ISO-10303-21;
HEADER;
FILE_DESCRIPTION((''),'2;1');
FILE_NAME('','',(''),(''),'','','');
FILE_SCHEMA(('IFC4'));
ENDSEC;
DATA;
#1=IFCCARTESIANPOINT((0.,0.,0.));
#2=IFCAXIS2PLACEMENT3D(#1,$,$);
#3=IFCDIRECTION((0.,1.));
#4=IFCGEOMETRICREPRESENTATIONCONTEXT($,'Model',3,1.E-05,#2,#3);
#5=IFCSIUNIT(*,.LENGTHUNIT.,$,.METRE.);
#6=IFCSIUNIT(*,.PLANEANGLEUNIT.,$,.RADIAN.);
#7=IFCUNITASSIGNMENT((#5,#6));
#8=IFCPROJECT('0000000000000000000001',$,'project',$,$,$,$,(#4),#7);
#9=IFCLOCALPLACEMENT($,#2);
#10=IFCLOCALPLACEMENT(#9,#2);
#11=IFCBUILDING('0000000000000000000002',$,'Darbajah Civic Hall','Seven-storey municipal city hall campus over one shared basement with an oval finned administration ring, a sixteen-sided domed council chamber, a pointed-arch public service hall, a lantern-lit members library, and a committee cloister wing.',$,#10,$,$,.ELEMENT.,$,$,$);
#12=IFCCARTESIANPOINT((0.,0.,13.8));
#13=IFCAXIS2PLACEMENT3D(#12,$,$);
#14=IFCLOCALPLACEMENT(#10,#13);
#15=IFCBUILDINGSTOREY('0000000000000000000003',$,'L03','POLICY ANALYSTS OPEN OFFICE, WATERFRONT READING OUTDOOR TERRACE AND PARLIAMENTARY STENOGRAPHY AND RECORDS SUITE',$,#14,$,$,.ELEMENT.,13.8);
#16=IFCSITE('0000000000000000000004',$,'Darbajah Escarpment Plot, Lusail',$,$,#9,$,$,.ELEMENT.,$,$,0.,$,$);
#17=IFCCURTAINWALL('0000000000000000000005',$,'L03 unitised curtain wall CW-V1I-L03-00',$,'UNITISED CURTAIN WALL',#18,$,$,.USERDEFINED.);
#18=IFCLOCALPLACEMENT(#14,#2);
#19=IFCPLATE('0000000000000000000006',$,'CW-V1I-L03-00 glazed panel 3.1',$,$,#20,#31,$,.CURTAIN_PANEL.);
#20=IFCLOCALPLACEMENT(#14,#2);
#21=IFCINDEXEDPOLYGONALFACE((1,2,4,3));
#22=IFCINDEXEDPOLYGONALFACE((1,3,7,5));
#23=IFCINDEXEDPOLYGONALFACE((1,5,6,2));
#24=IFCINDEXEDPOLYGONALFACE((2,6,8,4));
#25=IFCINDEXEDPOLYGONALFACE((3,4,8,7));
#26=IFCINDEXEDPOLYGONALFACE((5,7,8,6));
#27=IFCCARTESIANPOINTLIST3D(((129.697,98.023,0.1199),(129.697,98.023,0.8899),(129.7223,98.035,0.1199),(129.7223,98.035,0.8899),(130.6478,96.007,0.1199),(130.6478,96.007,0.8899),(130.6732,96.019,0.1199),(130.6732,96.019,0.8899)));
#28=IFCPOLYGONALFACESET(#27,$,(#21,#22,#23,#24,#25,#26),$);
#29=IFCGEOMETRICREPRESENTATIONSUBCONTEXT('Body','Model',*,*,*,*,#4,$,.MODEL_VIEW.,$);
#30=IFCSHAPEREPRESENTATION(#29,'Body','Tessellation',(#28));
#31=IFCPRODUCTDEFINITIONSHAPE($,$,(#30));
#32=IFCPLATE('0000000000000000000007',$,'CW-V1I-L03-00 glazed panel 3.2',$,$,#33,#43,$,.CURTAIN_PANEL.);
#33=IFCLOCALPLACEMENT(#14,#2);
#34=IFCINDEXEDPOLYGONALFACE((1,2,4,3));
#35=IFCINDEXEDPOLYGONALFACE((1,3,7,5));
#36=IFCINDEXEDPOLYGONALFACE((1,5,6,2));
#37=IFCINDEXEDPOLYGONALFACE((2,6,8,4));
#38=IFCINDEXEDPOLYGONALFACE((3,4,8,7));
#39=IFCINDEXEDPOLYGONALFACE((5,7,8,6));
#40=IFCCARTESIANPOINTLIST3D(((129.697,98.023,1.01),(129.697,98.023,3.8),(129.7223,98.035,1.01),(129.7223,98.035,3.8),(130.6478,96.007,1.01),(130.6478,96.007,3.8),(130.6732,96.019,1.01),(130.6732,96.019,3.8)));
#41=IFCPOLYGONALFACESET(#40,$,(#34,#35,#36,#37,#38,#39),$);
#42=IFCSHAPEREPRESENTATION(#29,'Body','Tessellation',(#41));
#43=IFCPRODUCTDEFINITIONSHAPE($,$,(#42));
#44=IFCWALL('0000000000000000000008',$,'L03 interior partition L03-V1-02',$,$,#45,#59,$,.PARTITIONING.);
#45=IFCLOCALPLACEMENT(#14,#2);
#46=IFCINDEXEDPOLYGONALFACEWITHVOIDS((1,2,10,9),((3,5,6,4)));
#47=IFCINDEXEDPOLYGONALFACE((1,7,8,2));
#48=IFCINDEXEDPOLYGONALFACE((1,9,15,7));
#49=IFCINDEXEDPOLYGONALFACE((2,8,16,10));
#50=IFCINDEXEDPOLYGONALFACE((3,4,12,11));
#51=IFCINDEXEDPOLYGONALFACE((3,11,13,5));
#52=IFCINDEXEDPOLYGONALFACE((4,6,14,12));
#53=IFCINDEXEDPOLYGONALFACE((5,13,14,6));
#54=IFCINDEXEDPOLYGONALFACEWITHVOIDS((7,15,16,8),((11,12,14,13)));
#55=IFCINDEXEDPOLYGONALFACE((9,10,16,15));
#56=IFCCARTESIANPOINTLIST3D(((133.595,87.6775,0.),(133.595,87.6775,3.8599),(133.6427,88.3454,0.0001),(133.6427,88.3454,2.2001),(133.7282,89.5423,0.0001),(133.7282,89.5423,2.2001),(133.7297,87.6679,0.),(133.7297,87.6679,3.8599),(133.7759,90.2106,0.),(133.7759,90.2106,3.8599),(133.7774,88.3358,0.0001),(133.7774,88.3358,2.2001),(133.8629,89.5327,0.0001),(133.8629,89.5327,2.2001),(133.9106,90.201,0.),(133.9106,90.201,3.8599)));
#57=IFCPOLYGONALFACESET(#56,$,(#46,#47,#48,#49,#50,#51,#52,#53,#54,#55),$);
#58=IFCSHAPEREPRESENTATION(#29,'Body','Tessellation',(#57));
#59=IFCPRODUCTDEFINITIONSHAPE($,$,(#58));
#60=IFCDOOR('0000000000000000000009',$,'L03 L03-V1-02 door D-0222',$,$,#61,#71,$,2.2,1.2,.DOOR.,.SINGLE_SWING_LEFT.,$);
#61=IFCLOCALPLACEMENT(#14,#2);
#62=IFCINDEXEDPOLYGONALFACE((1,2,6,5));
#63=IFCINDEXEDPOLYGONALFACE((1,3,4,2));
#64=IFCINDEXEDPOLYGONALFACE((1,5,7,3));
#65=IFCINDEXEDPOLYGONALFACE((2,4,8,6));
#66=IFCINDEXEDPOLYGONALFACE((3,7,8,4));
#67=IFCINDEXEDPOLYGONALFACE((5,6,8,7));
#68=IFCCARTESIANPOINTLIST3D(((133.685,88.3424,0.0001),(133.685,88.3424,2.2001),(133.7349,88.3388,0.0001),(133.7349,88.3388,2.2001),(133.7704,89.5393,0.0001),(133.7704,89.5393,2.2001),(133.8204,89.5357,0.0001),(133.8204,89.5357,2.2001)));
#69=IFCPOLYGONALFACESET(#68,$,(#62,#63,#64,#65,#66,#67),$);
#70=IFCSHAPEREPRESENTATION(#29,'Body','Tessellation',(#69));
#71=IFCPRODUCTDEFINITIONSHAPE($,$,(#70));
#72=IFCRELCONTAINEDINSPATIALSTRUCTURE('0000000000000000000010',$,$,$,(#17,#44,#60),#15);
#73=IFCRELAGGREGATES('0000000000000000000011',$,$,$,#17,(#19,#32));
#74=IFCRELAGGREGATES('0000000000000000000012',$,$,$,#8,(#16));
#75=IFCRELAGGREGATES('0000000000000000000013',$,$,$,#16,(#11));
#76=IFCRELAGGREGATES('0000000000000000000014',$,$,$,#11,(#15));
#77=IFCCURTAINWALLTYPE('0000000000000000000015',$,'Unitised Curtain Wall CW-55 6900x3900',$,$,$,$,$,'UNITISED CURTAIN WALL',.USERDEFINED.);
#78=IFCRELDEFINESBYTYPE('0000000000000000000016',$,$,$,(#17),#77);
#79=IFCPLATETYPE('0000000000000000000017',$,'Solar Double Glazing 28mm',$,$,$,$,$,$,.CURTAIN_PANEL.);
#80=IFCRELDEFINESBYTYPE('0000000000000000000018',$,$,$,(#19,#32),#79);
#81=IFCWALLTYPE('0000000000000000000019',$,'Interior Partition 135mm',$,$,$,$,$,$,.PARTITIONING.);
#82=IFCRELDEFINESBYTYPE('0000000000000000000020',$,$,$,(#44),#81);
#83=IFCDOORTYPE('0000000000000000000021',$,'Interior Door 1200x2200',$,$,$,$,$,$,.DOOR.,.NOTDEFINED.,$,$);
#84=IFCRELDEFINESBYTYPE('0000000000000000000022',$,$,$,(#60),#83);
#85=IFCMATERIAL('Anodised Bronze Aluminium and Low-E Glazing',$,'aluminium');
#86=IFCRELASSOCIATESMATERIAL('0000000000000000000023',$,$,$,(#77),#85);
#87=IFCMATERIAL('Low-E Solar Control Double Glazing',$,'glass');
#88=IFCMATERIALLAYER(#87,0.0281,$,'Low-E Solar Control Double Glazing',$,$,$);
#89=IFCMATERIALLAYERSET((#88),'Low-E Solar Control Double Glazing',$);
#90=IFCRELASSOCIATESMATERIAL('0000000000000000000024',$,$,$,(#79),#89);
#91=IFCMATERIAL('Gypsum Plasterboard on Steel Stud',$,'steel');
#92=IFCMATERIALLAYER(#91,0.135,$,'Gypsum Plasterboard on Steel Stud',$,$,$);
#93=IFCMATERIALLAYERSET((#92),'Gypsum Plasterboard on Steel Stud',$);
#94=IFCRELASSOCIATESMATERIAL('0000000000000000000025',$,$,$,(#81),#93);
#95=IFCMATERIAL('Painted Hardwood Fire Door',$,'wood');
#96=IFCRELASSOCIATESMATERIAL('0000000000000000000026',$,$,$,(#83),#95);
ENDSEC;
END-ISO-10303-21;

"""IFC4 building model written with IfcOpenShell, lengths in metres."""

from ifc_helpers import new_model, si_unit, direction, frame, frame_2d, origin, origin_2d, place, context, subcontext, project, spatial, rectangle, extrude, material, layer, layer_set, type_object, element, fill, aggregate, save


model = new_model("IFC4")

# Units and contexts
model_context = context("Model", 3, precision=1e-05, world=origin(), true_north=direction((0.0, 1.0)))
body_context = subcontext(model_context, "Body", "Model", "MODEL_VIEW")
ifc_project = project(units=[si_unit("LENGTHUNIT", "METRE"), si_unit("PLANEANGLEUNIT", "RADIAN")], contexts=[model_context])

# Site, building, storey
site_placement = place(None, origin())
site = spatial("IfcSite", under=ifc_project, at=site_placement, Name="Darbajah Escarpment Plot, Lusail", CompositionType="ELEMENT", RefElevation=0.0)
building_placement = place(site_placement, origin())
building = spatial("IfcBuilding", under=site, at=building_placement, Name="Darbajah Civic Hall", Description="Seven-storey municipal city hall campus over one shared basement with an oval finned administration ring, a sixteen-sided domed council chamber, a pointed-arch public service hall, a lantern-lit members library, and a committee cloister wing.", CompositionType="ELEMENT")
storey_placement = place(building_placement, frame((0.0, 0.0, 13.8)))
storey = spatial("IfcBuildingStorey", under=building, at=storey_placement, Name="L03", Description="POLICY ANALYSTS OPEN OFFICE, WATERFRONT READING OUTDOOR TERRACE AND PARLIAMENTARY STENOGRAPHY AND RECORDS SUITE", CompositionType="ELEMENT", Elevation=13.8)

# Curtain wall
ifc_material_1 = material(Name="Anodised Bronze Aluminium and Low-E Glazing", Category="aluminium")
curtain_wall_type = type_object("IfcCurtainWallType", Name="Unitised Curtain Wall CW-55 6900x3900", ElementType="UNITISED CURTAIN WALL", PredefinedType="USERDEFINED", material=ifc_material_1)
curtain_wall_placement = place(storey_placement, origin())
curtain_wall = element("IfcCurtainWall", 1, at=curtain_wall_placement, inside=storey, type_object=curtain_wall_type, Name="L03 unitised curtain wall CW-V1I-L03-00", ObjectType="UNITISED CURTAIN WALL", PredefinedType="USERDEFINED")

# Plates
ifc_material_2 = material(Name="Low-E Solar Control Double Glazing", Category="glass")
ifc_layer_1 = layer(ifc_material_2, 0.0281, Name="Low-E Solar Control Double Glazing")
ifc_layer_set_1 = layer_set([ifc_layer_1], Name="Low-E Solar Control Double Glazing")
plate_type = type_object("IfcPlateType", Name="Solar Double Glazing 28mm", PredefinedType="CURTAIN_PANEL", material=ifc_layer_set_1)
plate_1_placement = place(storey_placement, frame((130.1851, 97.021, 0.1199), z_axis=(0.0, 0.0, 1.0), x_axis=(-0.426569, 0.904455, 0.0)))
plate_1 = element("IfcPlate", 2, at=plate_1_placement, type_object=plate_type, Name="CW-V1I-L03-00 glazed panel 3.1", PredefinedType="CURTAIN_PANEL", context=body_context, shape_type="SweptSolid", body=[
    extrude(rectangle(XDim=2.229, YDim=0.0281, at=origin_2d()), origin(), (0.0, 0.0, 1.0), 0.77),
])
plate_2_placement = place(storey_placement, frame((130.1851, 97.021, 1.01), z_axis=(0.0, 0.0, 1.0), x_axis=(-0.426569, 0.904455, 0.0)))
plate_2 = element("IfcPlate", 3, at=plate_2_placement, type_object=plate_type, Name="CW-V1I-L03-00 glazed panel 3.2", PredefinedType="CURTAIN_PANEL", context=body_context, shape_type="SweptSolid", body=[
    extrude(rectangle(XDim=2.229, YDim=0.0281, at=origin_2d()), origin(), (0.0, 0.0, 1.0), 2.79),
])
aggregate(curtain_wall, [plate_1, plate_2])

# Wall, opening, door
ifc_material_3 = material(Name="Gypsum Plasterboard on Steel Stud", Category="steel")
ifc_layer_2 = layer(ifc_material_3, 0.135, Name="Gypsum Plasterboard on Steel Stud")
ifc_layer_set_2 = layer_set([ifc_layer_2], Name="Gypsum Plasterboard on Steel Stud")
wall_type = type_object("IfcWallType", Name="Interior Partition 135mm", PredefinedType="PARTITIONING", material=ifc_layer_set_2)
wall_placement = place(storey_placement, frame((133.8433, 90.2058, 0.0), z_axis=(0.0, 0.0, 1.0), x_axis=(-0.071233, -0.99746, 0.0)))
wall = element("IfcWall", 4, at=wall_placement, inside=storey, type_object=wall_type, Name="L03 interior partition L03-V1-02", PredefinedType="PARTITIONING", context=body_context, shape_type="SweptSolid", body=[
    extrude(rectangle(XDim=2.5396, YDim=0.135, at=frame_2d((1.2698, 0.0))), origin(), (0.0, 0.0, 1.0), 3.8599),
])
opening_placement = place(wall_placement, frame((0.6699, 0.0, 0.0)))
opening = element("IfcOpeningElement", 5, at=opening_placement, cuts=wall, PredefinedType="OPENING", context=body_context, shape_type="SweptSolid", body=[
    extrude(rectangle(XDim=1.2, YDim=2.2, at=frame_2d((0.6001, 1.1001))), frame((0.0, 0.0774, 0.0), z_axis=(0.0, -1.0, 0.0), x_axis=(1.0, 0.0, 0.0)), (0.0, 0.0, 1.0), 0.155),
])
ifc_material_4 = material(Name="Painted Hardwood Fire Door", Category="wood")
door_type = type_object("IfcDoorType", Name="Interior Door 1200x2200", OperationType="NOTDEFINED", PredefinedType="DOOR", material=ifc_material_4)
door_placement = place(opening_placement, origin())
door = element("IfcDoor", 6, at=door_placement, inside=storey, type_object=door_type, Name="L03 L03-V1-02 door D-0222", OperationType="SINGLE_SWING_LEFT", OverallHeight=2.2, OverallWidth=1.2, PredefinedType="DOOR", context=body_context, shape_type="SweptSolid", body=[
    extrude(rectangle(XDim=1.2, YDim=2.2, at=frame_2d((0.6001, 1.1001))), frame((0.0, 0.0249, 0.0), z_axis=(0.0, -1.0, 0.0), x_axis=(1.0, 0.0, 0.0)), (0.0, 0.0, 1.0), 0.05),
])
fill(opening, door)

save(model, "model.ifc")
